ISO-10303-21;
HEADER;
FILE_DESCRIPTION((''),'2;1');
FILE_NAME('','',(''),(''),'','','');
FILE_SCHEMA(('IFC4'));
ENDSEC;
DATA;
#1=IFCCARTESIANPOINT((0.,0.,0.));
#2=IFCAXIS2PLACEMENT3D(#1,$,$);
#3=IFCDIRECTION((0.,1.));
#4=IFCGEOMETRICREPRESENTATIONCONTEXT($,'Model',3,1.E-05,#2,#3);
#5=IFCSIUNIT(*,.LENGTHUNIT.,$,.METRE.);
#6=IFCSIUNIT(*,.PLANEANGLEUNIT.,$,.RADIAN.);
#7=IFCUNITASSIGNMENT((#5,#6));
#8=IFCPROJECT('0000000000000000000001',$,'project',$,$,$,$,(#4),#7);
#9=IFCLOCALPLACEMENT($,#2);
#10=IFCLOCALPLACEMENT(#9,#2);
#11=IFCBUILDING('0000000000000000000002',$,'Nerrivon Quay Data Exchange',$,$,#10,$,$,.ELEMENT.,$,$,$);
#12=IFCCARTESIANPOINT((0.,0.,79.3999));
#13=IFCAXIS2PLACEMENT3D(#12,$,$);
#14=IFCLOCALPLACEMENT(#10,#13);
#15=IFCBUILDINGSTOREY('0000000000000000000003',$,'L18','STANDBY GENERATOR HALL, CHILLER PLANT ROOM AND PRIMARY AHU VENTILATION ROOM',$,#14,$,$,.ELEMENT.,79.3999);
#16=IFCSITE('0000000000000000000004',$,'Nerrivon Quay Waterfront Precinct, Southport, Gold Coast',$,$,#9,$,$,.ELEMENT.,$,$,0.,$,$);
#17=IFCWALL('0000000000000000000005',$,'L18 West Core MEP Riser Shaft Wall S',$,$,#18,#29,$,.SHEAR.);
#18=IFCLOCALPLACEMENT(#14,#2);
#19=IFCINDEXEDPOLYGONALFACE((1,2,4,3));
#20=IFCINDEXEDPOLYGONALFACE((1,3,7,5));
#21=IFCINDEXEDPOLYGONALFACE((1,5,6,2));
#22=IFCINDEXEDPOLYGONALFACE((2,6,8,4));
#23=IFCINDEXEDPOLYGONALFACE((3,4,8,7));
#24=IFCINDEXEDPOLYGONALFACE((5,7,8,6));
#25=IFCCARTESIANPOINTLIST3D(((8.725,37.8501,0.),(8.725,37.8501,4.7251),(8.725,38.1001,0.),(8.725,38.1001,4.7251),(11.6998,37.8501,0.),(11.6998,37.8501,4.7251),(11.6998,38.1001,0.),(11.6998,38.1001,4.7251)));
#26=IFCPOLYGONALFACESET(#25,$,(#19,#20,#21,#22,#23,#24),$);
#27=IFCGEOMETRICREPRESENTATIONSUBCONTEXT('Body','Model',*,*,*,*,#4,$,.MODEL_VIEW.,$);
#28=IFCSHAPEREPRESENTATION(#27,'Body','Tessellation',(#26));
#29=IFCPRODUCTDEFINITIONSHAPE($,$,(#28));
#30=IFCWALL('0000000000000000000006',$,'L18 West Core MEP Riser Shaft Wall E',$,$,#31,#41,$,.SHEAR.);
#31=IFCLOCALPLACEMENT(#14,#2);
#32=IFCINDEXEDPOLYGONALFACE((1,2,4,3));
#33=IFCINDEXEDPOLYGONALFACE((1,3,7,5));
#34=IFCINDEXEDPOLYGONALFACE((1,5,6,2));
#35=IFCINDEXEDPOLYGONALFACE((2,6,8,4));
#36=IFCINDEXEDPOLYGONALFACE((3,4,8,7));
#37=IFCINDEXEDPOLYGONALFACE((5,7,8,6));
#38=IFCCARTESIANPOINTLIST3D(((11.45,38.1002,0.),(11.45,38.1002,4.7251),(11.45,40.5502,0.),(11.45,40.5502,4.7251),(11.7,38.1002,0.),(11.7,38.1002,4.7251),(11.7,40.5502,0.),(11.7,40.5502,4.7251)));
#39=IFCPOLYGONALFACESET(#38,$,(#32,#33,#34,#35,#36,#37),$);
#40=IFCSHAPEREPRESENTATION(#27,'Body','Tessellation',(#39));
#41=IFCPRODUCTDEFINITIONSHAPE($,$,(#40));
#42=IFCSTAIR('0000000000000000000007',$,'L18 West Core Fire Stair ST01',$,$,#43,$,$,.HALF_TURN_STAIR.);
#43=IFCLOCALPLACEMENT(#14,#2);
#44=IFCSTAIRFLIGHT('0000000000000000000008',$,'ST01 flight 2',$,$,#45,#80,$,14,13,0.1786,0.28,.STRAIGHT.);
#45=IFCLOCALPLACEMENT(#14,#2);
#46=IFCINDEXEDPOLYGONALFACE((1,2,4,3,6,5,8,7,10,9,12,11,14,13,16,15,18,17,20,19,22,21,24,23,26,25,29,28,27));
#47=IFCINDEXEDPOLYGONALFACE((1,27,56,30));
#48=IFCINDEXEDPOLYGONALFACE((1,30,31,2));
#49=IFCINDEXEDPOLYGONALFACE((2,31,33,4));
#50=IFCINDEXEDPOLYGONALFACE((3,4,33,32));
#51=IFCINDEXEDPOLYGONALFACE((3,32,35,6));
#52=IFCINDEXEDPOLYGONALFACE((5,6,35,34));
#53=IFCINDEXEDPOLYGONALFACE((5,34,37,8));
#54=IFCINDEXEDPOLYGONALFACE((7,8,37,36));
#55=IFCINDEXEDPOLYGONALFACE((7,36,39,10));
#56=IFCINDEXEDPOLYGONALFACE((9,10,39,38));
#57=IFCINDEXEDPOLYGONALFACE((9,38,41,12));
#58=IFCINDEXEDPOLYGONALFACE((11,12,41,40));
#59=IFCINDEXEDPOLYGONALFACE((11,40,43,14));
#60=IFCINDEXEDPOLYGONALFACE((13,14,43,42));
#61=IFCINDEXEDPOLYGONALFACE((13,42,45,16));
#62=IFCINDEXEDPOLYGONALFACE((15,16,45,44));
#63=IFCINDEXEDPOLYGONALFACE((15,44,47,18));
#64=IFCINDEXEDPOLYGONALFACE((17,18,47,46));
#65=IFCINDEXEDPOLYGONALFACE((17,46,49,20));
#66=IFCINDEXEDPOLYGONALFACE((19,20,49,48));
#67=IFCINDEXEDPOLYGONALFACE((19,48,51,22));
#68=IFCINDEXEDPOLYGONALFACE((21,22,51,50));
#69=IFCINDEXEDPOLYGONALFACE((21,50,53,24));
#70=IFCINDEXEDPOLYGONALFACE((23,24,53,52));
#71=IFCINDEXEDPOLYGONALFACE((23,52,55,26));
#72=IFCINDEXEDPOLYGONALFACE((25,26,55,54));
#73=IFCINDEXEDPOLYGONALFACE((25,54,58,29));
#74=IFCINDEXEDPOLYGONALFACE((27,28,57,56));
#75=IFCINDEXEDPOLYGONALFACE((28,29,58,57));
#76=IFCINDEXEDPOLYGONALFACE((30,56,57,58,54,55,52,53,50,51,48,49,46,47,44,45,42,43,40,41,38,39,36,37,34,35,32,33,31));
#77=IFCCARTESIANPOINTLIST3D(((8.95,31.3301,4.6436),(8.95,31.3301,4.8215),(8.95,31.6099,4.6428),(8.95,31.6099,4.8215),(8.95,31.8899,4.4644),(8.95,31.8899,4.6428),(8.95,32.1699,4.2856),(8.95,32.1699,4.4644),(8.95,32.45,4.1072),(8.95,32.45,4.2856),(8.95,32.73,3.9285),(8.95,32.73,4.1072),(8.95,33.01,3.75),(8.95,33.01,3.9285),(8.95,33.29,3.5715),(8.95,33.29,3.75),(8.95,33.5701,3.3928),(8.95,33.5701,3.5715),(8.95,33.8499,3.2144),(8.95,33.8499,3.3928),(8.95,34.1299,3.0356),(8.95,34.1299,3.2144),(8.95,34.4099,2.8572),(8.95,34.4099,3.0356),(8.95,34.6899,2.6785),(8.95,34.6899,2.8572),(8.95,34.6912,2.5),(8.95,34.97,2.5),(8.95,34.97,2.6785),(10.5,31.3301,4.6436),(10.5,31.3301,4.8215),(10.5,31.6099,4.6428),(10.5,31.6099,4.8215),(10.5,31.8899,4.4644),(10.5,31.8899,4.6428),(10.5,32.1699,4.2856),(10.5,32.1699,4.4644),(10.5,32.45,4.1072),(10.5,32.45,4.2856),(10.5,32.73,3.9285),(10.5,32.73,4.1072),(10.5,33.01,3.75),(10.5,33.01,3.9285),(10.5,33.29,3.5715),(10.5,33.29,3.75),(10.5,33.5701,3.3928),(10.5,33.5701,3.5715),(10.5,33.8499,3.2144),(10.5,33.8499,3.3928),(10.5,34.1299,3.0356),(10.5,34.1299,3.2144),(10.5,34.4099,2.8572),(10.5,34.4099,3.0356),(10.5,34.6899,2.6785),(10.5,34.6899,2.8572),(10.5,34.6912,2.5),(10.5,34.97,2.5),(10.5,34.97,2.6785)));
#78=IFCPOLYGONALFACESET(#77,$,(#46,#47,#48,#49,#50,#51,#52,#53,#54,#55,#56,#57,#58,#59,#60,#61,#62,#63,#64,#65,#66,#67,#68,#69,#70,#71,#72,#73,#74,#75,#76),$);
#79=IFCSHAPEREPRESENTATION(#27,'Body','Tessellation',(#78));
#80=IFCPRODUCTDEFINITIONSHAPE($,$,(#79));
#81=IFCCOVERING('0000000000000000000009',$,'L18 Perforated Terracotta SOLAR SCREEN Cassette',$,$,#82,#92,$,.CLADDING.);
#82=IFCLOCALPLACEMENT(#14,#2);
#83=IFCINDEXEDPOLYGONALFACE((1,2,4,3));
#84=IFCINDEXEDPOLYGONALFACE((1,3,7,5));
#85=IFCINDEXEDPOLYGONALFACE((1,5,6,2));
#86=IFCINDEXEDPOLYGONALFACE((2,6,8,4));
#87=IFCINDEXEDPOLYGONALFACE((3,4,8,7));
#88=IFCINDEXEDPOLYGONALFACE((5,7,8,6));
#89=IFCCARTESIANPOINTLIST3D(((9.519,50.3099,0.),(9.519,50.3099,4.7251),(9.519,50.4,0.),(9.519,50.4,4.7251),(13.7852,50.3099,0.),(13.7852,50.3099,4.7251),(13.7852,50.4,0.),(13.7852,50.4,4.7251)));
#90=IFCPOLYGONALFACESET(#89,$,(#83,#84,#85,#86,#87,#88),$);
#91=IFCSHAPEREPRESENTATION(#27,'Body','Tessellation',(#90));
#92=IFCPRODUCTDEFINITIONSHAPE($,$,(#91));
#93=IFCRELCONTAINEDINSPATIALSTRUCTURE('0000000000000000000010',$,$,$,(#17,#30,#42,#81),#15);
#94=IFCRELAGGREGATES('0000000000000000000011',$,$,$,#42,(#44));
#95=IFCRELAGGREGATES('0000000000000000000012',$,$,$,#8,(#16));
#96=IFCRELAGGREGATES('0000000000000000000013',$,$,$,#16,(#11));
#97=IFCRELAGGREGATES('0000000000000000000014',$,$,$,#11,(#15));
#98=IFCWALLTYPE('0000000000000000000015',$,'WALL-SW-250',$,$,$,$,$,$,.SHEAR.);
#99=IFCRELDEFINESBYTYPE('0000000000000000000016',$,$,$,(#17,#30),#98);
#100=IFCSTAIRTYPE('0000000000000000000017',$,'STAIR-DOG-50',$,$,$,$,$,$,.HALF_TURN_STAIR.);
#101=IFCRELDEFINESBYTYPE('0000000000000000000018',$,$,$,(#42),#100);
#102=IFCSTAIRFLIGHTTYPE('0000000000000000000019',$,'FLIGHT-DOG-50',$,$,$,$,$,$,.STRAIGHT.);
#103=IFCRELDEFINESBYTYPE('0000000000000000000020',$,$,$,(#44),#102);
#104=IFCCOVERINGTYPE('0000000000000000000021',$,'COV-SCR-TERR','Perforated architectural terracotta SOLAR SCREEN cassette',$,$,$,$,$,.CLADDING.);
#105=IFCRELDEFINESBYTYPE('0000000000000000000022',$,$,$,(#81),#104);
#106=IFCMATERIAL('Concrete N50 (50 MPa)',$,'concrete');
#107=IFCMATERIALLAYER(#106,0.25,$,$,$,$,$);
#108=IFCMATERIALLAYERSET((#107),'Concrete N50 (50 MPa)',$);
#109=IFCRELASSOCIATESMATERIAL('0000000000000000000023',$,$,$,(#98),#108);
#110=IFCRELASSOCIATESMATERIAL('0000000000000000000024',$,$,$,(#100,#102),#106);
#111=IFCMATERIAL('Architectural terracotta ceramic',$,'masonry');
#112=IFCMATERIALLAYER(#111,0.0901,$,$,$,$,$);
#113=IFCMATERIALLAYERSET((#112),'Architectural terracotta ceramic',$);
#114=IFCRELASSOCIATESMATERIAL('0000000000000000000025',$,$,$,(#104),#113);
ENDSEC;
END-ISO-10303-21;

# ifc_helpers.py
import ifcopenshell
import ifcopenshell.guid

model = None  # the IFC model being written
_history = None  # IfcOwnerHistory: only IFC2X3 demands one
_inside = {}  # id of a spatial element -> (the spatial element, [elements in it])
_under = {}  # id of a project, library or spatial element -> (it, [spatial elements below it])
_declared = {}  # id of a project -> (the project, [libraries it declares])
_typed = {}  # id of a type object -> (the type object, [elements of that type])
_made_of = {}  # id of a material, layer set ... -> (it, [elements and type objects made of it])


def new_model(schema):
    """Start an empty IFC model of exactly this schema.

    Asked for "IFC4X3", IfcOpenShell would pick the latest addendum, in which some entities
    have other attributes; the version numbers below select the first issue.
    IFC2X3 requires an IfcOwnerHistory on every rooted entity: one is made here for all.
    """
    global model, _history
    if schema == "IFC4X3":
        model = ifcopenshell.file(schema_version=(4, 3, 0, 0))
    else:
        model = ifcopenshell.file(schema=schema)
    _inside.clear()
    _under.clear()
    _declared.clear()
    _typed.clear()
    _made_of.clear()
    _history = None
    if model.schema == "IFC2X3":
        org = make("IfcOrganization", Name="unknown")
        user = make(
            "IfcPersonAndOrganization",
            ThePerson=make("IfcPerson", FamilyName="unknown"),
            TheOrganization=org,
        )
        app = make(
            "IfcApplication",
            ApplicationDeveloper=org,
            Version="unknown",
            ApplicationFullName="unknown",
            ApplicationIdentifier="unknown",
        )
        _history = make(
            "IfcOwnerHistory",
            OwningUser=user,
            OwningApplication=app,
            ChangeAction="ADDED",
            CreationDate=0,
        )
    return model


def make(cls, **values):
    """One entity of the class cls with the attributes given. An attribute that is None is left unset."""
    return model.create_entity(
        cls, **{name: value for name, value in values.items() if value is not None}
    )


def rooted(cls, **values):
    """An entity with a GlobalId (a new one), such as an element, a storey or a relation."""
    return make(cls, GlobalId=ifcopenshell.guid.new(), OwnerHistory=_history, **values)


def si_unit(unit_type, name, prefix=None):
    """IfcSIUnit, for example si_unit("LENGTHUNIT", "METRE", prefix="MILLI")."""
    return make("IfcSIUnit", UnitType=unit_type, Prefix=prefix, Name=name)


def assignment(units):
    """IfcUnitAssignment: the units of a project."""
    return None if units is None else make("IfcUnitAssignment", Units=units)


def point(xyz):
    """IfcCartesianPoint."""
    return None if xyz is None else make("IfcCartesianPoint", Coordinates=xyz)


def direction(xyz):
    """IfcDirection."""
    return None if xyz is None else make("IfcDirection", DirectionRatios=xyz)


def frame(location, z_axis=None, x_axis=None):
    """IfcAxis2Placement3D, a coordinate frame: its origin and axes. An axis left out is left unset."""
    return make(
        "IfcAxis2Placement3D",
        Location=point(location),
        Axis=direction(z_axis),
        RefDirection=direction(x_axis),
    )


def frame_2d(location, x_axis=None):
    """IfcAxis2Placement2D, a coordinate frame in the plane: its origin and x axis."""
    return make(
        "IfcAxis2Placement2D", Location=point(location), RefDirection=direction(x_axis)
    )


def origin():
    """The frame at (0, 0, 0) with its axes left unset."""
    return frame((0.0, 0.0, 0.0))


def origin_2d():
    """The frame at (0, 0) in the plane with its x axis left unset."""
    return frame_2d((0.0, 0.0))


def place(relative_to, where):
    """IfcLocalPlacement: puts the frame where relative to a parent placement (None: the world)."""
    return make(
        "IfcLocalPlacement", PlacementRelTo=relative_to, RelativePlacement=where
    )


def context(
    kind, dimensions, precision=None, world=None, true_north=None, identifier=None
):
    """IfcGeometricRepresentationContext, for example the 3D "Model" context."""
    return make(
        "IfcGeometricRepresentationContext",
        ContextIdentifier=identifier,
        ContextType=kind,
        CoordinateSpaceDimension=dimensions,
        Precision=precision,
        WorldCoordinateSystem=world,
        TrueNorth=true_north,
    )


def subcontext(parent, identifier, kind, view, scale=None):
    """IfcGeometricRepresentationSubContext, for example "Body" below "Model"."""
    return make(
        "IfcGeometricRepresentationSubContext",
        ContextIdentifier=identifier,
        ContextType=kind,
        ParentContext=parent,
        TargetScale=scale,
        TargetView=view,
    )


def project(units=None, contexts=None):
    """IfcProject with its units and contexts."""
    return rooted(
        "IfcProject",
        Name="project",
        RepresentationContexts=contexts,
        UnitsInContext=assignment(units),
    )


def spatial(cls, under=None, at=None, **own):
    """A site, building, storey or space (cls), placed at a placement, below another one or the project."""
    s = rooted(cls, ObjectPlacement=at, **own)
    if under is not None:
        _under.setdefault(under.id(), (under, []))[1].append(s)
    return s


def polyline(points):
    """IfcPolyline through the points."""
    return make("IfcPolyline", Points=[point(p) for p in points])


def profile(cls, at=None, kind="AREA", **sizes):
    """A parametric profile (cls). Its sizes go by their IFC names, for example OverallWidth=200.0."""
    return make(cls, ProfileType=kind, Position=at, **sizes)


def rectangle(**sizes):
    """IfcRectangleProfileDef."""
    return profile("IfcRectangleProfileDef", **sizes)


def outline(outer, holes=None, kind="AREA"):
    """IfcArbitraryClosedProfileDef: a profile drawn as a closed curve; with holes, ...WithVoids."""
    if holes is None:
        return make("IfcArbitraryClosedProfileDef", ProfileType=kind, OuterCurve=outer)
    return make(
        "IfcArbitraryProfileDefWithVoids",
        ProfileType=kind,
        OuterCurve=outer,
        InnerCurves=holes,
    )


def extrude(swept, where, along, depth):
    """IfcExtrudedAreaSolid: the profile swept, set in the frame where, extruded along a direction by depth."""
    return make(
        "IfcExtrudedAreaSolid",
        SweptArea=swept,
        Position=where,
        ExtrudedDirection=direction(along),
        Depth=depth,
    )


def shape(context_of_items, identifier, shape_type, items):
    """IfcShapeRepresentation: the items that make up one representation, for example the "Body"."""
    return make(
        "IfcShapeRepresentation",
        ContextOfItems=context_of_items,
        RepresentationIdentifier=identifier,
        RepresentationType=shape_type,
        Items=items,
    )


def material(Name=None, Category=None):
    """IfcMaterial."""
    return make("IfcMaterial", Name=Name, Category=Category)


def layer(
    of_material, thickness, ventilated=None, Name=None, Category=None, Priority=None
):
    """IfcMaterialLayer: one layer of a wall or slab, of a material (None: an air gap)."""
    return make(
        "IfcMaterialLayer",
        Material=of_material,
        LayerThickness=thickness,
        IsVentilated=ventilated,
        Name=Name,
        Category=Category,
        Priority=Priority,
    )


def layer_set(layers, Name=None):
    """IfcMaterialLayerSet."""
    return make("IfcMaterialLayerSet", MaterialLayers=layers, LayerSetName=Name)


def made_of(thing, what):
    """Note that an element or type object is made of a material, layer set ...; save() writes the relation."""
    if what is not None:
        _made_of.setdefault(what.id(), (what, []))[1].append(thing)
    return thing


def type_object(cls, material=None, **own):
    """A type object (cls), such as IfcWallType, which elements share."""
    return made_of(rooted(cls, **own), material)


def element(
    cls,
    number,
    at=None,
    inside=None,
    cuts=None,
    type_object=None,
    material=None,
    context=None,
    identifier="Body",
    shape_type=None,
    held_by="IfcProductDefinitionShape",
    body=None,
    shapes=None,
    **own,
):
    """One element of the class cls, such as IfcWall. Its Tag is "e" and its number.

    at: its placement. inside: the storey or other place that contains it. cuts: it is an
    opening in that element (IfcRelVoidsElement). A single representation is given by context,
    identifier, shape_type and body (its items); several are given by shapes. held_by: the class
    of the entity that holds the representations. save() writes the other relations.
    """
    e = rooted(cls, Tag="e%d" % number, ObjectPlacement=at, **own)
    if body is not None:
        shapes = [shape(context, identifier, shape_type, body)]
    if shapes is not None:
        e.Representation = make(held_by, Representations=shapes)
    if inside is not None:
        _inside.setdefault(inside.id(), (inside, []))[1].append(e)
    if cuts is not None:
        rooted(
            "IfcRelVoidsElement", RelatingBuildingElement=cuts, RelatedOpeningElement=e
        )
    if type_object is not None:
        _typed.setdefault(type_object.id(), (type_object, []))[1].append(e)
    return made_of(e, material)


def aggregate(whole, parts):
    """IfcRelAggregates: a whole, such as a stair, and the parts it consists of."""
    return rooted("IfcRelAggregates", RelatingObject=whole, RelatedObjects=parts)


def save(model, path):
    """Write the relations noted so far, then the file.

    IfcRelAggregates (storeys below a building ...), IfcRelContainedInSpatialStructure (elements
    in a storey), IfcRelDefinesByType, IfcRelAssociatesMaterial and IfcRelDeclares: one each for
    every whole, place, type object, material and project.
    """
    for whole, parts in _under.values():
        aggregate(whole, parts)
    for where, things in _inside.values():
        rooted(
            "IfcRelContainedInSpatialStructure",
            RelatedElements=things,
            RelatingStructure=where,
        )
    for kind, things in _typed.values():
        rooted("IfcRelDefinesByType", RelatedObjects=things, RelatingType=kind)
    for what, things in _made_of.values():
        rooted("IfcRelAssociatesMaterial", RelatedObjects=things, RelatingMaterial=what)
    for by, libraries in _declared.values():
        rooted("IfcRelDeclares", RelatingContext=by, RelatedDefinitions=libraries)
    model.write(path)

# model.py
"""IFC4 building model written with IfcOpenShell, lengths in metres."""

from ifc_helpers import new_model, si_unit, direction, frame, frame_2d, origin, origin_2d, place, context, subcontext, project, spatial, polyline, rectangle, outline, extrude, material, layer, layer_set, type_object, element, aggregate, save


model = new_model("IFC4")

# Units and contexts
model_context = context("Model", 3, precision=1e-05, world=origin(), true_north=direction((0.0, 1.0)))
body_context = subcontext(model_context, "Body", "Model", "MODEL_VIEW")
ifc_project = project(units=[si_unit("LENGTHUNIT", "METRE"), si_unit("PLANEANGLEUNIT", "RADIAN")], contexts=[model_context])

# Site, building, storey
site_placement = place(None, origin())
site = spatial("IfcSite", under=ifc_project, at=site_placement, Name="Nerrivon Quay Waterfront Precinct, Southport, Gold Coast", CompositionType="ELEMENT", RefElevation=0.0)
building_placement = place(site_placement, origin())
building = spatial("IfcBuilding", under=site, at=building_placement, Name="Nerrivon Quay Data Exchange", CompositionType="ELEMENT")
storey_placement = place(building_placement, frame((0.0, 0.0, 79.3999)))
storey = spatial("IfcBuildingStorey", under=building, at=storey_placement, Name="L18", Description="STANDBY GENERATOR HALL, CHILLER PLANT ROOM AND PRIMARY AHU VENTILATION ROOM", CompositionType="ELEMENT", Elevation=79.3999)

# Walls
ifc_material_1 = material(Name="Concrete N50 (50 MPa)", Category="concrete")
ifc_layer_1 = layer(ifc_material_1, 0.25)
ifc_layer_set_1 = layer_set([ifc_layer_1], Name="Concrete N50 (50 MPa)")
wall_type_1 = type_object("IfcWallType", Name="WALL-SW-250", PredefinedType="SHEAR", material=ifc_layer_set_1)
wall_1_placement = place(storey_placement, frame((8.7251, 37.9751, 0.0), z_axis=(0.0, 0.0, 1.0), x_axis=(1.0, 0.0, 0.0)))
element("IfcWall", 1, at=wall_1_placement, inside=storey, type_object=wall_type_1, Name="L18 West Core MEP Riser Shaft Wall S", PredefinedType="SHEAR", context=body_context, shape_type="SweptSolid", body=[
    extrude(rectangle(XDim=2.9749, YDim=0.25, at=frame_2d((1.4873, 0.0))), origin(), (0.0, 0.0, 1.0), 4.7251),
])
wall_2_placement = place(storey_placement, frame((11.575, 38.1001, 0.0), z_axis=(0.0, 0.0, 1.0), x_axis=(0.0, 1.0, 0.0)))
element("IfcWall", 2, at=wall_2_placement, inside=storey, type_object=wall_type_1, Name="L18 West Core MEP Riser Shaft Wall E", PredefinedType="SHEAR", context=body_context, shape_type="SweptSolid", body=[
    extrude(rectangle(XDim=2.45, YDim=0.25, at=frame_2d((1.2251, 0.0))), origin(), (0.0, 0.0, 1.0), 4.7251),
])

# Stair, stair flight
stair_type = type_object("IfcStairType", Name="STAIR-DOG-50", PredefinedType="HALF_TURN_STAIR", material=ifc_material_1)
stair_placement = place(storey_placement, origin())
stair = element("IfcStair", 3, at=stair_placement, inside=storey, type_object=stair_type, Name="L18 West Core Fire Stair ST01", PredefinedType="HALF_TURN_STAIR")
stair_flight_type = type_object("IfcStairFlightType", Name="FLIGHT-DOG-50", PredefinedType="STRAIGHT", material=ifc_material_1)
stair_flight_placement = place(storey_placement, frame((9.7251, 34.97, 2.5), z_axis=(0.0, 0.0, 1.0), x_axis=(0.0, -1.0, 0.0)))
stair_flight = element("IfcStairFlight", 4, at=stair_flight_placement, type_object=stair_flight_type, Name="ST01 flight 2", NumberOfRisers=14, NumberOfTreads=13, PredefinedType="STRAIGHT", RiserHeight=0.1786, TreadLength=0.28, context=body_context, shape_type="SweptSolid", body=[
    extrude(outline(polyline([(0.0, 0.0), (0.0, 0.1785), (0.28, 0.1785), (0.28, 0.3572), (0.5601, 0.3572), (0.5601, 0.5356), (0.8401, 0.5356), (0.8401, 0.7144), (1.1201, 0.7144), (1.1201, 0.8928), (1.3999, 0.8928), (1.3999, 1.0715), (1.6799, 1.0715), (1.6799, 1.25), (1.96, 1.25), (1.96, 1.4285), (2.24, 1.4285), (2.24, 1.6072), (2.52, 1.6072), (2.52, 1.7856), (2.8, 1.7856), (2.8, 1.9644), (3.0801, 1.9644), (3.0801, 2.1428), (3.3601, 2.1428), (3.3601, 2.3215), (3.6399, 2.3215), (3.6399, 2.5), (3.6399, 2.1436), (0.2788, 0.0), (0.0, 0.0)])), frame((0.0, 0.7749, 0.0), z_axis=(0.0, -1.0, 0.0), x_axis=(1.0, 0.0, 0.0)), (0.0, 0.0, 1.0), 1.55),
])
aggregate(stair, [stair_flight])

# Covering
ifc_material_2 = material(Name="Architectural terracotta ceramic", Category="masonry")
ifc_layer_2 = layer(ifc_material_2, 0.0901)
ifc_layer_set_2 = layer_set([ifc_layer_2], Name="Architectural terracotta ceramic")
covering_type = type_object("IfcCoveringType", Name="COV-SCR-TERR", Description="Perforated architectural terracotta SOLAR SCREEN cassette", PredefinedType="CLADDING", material=ifc_layer_set_2)
covering_placement = place(storey_placement, frame((11.6521, 50.355, 0.0), z_axis=(0.0, 0.0, 1.0), x_axis=(1.0, 0.0, 0.0)))
element("IfcCovering", 5, at=covering_placement, inside=storey, type_object=covering_type, Name="L18 Perforated Terracotta SOLAR SCREEN Cassette", PredefinedType="CLADDING", context=body_context, shape_type="SweptSolid", body=[
    extrude(rectangle(XDim=4.2661, YDim=0.0901, at=origin_2d()), origin(), (0.0, 0.0, 1.0), 4.7251),
])

save(model, "model.ifc")
